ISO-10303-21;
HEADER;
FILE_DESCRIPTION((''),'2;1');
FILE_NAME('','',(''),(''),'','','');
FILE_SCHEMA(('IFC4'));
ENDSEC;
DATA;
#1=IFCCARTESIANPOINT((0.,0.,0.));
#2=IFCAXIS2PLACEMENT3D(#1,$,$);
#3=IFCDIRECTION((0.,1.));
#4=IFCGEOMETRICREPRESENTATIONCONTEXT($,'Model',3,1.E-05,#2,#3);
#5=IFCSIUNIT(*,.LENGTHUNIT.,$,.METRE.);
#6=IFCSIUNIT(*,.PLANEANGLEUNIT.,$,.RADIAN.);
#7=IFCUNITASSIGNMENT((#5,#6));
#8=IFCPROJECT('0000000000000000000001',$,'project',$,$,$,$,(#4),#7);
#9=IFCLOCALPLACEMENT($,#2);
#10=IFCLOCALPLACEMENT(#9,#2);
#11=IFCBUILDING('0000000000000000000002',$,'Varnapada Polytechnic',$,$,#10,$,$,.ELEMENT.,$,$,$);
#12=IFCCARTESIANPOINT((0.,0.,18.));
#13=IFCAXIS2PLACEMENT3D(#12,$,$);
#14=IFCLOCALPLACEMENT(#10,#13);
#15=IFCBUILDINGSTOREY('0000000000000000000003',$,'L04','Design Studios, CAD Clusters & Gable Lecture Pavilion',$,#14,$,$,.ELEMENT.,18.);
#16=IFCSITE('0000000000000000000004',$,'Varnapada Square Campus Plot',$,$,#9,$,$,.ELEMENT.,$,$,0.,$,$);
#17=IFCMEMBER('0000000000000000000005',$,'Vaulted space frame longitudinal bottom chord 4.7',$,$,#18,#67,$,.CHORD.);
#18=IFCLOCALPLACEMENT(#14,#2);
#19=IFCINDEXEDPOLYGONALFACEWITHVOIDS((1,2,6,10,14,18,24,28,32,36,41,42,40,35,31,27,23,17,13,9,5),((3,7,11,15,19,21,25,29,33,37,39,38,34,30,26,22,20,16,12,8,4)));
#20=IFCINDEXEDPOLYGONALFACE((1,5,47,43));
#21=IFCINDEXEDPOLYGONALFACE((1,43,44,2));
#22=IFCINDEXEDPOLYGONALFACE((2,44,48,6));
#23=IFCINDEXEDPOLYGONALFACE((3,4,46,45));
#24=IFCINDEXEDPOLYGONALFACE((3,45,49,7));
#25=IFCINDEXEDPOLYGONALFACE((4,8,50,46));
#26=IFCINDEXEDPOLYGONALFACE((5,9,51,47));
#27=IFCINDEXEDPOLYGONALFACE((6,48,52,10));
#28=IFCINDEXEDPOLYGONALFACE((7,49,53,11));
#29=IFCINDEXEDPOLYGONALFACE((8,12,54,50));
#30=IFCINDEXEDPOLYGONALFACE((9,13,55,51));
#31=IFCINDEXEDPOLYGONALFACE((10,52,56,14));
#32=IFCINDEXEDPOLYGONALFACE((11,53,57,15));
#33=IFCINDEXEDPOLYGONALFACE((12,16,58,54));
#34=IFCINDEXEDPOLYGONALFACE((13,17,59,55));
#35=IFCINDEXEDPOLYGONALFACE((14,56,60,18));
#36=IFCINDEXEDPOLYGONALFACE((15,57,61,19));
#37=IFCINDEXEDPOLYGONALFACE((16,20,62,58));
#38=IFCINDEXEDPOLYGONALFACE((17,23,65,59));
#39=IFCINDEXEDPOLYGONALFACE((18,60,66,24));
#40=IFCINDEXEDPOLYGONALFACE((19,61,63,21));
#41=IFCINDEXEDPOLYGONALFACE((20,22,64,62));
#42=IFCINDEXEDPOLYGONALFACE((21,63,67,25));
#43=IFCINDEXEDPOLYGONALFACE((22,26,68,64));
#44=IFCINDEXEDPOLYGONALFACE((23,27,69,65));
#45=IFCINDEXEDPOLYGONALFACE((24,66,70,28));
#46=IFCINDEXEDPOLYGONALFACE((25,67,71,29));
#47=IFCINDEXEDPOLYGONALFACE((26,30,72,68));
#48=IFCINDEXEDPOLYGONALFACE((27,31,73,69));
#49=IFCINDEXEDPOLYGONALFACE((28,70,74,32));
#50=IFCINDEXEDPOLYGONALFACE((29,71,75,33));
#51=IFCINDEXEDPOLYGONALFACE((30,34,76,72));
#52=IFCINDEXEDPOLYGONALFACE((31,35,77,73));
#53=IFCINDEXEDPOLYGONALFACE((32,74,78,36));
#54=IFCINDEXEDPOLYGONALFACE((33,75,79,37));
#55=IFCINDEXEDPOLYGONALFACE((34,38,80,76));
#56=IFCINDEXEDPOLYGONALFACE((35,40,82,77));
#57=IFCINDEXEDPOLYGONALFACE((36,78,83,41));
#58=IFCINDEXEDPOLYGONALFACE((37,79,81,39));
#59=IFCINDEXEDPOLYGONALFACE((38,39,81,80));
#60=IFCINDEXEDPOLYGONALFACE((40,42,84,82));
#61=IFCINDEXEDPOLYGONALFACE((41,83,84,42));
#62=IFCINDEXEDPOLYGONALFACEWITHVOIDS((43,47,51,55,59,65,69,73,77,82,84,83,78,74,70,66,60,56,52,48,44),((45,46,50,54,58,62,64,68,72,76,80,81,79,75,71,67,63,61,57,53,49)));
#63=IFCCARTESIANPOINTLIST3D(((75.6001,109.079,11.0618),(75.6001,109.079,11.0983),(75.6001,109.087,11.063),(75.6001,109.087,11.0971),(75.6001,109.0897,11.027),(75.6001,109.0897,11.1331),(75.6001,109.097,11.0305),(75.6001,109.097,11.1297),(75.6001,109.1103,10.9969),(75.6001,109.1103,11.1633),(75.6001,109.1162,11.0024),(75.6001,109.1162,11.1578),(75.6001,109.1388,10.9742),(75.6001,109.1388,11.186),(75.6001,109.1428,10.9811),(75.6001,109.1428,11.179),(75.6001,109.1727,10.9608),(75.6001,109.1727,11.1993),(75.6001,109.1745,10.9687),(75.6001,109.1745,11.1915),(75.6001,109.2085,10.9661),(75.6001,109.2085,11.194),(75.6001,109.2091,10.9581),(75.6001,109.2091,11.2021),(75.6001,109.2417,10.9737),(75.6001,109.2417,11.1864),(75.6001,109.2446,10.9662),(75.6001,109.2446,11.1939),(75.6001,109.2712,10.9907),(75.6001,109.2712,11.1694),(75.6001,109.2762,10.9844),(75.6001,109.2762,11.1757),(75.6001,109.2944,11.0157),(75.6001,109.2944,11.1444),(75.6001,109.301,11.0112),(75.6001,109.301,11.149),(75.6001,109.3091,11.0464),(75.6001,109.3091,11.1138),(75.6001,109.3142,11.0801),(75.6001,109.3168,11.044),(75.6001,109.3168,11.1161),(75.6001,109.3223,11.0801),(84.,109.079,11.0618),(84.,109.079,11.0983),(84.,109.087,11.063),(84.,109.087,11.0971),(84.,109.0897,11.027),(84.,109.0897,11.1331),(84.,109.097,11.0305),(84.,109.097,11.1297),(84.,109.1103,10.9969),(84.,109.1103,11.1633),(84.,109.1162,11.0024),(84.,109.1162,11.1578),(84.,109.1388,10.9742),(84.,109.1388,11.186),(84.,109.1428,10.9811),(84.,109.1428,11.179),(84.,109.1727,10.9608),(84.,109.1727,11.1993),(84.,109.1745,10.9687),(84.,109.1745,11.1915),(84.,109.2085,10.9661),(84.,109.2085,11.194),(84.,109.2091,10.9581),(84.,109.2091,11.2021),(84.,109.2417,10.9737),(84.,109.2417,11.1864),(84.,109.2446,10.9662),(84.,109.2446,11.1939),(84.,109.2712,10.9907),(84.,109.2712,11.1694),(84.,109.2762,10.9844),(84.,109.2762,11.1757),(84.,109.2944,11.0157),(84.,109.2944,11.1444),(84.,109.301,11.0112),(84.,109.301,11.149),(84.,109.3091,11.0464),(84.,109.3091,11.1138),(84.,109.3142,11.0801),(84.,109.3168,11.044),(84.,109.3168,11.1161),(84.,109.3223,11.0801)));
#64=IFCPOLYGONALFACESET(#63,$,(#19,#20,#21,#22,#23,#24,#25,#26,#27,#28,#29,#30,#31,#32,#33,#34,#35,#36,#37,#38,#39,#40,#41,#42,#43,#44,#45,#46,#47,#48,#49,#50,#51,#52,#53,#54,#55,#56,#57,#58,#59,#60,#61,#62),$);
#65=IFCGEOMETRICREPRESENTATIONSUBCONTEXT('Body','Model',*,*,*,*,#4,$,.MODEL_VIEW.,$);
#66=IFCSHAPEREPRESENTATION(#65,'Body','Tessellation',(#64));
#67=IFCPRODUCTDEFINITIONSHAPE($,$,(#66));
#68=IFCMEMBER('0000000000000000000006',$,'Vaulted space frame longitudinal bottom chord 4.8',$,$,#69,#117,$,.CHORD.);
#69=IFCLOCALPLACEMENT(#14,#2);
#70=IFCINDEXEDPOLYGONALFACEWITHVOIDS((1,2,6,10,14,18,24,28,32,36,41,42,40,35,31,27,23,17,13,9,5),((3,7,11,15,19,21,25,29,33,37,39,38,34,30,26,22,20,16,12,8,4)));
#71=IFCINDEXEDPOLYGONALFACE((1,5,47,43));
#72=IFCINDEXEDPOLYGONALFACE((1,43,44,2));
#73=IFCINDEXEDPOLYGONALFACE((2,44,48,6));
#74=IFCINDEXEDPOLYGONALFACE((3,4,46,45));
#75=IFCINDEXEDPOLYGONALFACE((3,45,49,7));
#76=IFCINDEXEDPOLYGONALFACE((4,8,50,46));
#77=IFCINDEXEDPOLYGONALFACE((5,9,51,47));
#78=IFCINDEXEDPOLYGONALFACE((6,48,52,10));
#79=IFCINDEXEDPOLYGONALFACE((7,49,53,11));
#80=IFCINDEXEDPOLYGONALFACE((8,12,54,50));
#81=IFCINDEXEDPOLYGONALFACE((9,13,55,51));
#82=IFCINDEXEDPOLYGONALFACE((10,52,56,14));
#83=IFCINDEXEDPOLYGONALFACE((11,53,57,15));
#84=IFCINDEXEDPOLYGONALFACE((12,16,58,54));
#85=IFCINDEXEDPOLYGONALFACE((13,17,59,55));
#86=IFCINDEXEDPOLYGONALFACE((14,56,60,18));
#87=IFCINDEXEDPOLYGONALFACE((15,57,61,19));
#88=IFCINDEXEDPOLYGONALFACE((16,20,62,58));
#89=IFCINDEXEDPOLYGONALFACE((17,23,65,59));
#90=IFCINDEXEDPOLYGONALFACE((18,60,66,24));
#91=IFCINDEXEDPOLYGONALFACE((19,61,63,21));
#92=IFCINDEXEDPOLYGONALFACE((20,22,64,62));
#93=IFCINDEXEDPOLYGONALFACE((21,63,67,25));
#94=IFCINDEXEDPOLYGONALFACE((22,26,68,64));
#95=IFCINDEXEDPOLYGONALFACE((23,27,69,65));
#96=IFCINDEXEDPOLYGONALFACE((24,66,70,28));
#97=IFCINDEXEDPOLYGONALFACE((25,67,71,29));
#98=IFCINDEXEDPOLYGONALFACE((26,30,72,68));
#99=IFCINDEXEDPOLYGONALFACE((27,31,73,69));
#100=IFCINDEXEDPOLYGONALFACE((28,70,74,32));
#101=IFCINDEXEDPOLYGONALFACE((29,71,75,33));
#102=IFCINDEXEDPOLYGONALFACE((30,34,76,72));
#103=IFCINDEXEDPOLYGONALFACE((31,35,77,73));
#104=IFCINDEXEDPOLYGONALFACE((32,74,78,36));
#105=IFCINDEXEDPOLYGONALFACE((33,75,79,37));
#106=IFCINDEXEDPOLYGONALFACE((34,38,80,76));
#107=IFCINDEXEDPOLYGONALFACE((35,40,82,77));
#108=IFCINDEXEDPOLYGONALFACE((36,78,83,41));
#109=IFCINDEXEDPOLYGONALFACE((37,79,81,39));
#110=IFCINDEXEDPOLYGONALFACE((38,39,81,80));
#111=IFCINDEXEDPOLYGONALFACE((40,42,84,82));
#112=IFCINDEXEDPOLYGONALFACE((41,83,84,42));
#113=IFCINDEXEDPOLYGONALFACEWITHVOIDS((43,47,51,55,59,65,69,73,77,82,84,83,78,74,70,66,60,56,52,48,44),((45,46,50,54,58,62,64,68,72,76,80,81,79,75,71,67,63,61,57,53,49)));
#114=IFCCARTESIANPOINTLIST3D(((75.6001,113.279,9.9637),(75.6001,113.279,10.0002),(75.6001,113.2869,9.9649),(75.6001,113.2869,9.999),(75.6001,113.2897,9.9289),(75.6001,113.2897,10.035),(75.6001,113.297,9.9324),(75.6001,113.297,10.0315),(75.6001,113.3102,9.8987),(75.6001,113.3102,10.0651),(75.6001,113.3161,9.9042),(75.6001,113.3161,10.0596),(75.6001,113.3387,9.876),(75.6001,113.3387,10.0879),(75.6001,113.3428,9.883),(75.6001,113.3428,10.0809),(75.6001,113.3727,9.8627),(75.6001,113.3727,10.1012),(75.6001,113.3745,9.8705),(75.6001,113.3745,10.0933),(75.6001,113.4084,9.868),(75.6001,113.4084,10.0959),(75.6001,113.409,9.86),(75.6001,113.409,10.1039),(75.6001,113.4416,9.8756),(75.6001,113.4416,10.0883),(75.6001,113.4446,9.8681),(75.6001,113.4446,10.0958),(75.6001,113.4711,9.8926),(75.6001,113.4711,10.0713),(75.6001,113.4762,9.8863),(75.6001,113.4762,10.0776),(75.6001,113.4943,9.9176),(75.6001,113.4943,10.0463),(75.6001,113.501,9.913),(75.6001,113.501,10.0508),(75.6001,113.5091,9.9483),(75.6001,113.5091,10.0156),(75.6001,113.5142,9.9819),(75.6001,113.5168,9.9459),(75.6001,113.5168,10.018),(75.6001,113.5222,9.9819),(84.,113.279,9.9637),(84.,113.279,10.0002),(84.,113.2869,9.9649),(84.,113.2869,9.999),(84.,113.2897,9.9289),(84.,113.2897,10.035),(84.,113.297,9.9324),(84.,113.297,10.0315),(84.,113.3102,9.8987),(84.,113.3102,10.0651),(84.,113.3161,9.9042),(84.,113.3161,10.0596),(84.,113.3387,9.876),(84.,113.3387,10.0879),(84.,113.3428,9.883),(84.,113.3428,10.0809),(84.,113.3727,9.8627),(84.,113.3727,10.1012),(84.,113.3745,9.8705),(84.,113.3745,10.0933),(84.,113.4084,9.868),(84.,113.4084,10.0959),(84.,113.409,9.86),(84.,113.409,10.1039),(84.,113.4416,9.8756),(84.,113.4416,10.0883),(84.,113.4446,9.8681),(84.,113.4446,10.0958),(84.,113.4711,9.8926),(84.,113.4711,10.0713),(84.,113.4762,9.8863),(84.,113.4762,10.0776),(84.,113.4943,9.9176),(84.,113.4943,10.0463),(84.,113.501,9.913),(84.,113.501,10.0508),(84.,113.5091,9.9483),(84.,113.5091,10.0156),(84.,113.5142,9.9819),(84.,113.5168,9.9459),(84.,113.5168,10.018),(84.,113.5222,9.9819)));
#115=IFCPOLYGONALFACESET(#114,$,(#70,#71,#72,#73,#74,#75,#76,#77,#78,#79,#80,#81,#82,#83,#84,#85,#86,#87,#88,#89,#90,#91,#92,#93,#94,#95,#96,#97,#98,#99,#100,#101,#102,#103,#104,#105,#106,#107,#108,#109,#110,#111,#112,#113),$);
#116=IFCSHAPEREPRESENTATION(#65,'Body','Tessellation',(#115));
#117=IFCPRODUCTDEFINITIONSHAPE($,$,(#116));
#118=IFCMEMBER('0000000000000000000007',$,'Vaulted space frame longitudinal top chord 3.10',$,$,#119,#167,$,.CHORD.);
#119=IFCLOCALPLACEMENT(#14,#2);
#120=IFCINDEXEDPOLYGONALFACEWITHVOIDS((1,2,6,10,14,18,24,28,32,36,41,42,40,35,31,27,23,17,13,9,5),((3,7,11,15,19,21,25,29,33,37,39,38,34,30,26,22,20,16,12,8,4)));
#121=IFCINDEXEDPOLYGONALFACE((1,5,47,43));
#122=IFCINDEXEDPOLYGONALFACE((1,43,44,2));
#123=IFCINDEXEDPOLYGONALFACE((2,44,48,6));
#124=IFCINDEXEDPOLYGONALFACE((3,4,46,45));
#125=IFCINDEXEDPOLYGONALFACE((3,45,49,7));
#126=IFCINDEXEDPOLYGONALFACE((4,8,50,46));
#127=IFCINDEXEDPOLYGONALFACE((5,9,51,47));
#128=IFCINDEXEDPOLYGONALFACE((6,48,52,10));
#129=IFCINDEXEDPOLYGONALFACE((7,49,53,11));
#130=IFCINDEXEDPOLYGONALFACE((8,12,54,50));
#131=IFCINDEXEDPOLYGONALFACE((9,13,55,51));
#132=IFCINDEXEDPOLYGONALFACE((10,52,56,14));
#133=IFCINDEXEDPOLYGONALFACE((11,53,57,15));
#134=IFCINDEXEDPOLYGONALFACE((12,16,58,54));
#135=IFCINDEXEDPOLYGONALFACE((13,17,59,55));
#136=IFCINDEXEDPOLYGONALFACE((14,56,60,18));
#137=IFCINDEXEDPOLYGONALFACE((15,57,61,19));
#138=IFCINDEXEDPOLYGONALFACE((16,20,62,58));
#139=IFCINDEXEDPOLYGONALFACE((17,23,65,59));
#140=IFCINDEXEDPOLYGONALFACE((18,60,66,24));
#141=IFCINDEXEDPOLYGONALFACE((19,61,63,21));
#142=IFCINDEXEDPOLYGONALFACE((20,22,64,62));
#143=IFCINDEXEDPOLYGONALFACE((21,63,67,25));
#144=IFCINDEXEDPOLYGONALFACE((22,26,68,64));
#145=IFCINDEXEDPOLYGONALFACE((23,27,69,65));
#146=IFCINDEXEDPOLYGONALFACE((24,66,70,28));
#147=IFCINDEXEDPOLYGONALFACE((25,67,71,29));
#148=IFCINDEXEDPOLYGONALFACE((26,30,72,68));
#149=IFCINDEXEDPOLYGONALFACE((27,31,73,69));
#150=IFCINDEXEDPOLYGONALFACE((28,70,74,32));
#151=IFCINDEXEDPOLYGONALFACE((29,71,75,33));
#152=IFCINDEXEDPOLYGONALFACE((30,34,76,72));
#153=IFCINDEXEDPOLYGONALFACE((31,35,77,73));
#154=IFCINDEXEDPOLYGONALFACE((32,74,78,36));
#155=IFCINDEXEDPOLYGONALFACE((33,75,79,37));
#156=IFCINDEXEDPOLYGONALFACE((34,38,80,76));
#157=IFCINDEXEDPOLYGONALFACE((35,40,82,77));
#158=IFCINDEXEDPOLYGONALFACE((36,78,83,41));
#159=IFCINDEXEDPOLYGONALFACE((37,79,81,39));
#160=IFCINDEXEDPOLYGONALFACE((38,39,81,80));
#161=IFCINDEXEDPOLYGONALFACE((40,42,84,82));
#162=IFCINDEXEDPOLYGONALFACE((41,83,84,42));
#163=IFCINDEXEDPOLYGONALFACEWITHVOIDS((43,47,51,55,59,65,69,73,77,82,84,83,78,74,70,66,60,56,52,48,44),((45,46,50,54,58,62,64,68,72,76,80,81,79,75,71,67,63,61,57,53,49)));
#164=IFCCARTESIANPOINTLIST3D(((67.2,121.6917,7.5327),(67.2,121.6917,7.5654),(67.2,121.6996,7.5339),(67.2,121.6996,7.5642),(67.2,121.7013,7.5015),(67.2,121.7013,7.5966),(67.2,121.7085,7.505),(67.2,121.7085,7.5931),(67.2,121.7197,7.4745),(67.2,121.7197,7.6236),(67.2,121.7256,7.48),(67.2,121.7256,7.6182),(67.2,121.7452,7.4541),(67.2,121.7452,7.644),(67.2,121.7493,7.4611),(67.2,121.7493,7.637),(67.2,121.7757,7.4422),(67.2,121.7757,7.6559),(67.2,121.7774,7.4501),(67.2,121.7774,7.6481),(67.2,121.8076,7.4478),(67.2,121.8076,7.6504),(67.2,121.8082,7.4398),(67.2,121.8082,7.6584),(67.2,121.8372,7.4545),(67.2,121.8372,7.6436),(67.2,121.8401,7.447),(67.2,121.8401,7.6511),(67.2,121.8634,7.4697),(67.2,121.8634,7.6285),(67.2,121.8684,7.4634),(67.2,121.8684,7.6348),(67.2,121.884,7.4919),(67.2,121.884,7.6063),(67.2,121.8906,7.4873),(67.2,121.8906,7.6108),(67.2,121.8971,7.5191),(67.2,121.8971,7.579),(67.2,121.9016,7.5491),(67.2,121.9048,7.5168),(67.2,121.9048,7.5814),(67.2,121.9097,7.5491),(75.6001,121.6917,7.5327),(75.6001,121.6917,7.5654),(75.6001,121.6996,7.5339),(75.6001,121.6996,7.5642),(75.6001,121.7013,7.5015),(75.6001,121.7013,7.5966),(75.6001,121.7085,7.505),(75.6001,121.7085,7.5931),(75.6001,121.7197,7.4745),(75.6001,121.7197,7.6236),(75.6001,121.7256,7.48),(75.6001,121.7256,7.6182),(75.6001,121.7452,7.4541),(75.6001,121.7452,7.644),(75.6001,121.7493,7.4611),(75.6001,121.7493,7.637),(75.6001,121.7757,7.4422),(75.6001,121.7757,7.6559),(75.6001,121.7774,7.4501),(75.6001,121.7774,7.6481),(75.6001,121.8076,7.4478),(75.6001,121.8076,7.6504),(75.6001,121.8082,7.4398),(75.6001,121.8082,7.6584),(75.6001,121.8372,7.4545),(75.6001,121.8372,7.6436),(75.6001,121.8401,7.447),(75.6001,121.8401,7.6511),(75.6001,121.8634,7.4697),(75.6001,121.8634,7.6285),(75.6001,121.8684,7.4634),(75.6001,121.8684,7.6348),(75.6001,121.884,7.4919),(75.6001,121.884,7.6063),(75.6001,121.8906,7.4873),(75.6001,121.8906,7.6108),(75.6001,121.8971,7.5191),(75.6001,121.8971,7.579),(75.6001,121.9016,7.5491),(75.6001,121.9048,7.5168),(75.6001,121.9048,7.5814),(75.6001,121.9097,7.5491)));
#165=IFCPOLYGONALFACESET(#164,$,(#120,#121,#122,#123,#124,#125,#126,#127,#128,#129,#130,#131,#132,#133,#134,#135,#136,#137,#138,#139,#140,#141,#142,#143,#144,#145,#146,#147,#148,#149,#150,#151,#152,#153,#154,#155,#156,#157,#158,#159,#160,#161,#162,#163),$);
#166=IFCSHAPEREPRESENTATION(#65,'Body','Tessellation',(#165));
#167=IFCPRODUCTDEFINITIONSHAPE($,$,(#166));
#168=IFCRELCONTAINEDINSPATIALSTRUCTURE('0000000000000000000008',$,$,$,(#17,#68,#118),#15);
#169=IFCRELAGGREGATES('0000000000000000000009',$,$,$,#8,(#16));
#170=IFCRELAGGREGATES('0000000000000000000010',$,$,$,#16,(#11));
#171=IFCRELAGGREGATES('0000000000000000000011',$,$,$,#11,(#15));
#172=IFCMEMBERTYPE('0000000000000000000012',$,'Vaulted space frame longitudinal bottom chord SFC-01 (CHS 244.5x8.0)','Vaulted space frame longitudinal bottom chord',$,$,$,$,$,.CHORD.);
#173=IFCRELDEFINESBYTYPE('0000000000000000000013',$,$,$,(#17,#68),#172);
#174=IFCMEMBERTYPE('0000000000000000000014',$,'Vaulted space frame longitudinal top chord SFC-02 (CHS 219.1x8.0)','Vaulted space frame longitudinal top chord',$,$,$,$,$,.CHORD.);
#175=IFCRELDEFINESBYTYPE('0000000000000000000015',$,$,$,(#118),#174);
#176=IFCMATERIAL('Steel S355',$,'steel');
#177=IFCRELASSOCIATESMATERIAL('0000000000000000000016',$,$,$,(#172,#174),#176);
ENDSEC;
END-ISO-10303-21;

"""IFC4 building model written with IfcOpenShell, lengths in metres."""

from ifc_helpers import new_model, si_unit, direction, frame, origin, origin_2d, place, context, subcontext, project, spatial, hollow_circle, extrude, material, material_profile, profile_set, type_object, element, save


model = new_model("IFC4")

# Units and contexts
model_context = context("Model", 3, precision=1e-05, world=origin(), true_north=direction((0.0, 1.0)))
body_context = subcontext(model_context, "Body", "Model", "MODEL_VIEW")
ifc_project = project(units=[si_unit("LENGTHUNIT", "METRE"), si_unit("PLANEANGLEUNIT", "RADIAN")], contexts=[model_context])

# Site, building, storey
site_placement = place(None, origin())
site = spatial("IfcSite", under=ifc_project, at=site_placement, Name="Varnapada Square Campus Plot", CompositionType="ELEMENT", RefElevation=0.0)
building_placement = place(site_placement, origin())
building = spatial("IfcBuilding", under=site, at=building_placement, Name="Varnapada Polytechnic", CompositionType="ELEMENT")
storey_placement = place(building_placement, frame((0.0, 0.0, 18.0)))
storey = spatial("IfcBuildingStorey", under=building, at=storey_placement, Name="L04", Description="Design Studios, CAD Clusters & Gable Lecture Pavilion", CompositionType="ELEMENT", Elevation=18.0)

# Shared definitions
ifc_material = material(Name="Steel S355", Category="steel")

# Members
ifc_material_profile_1 = material_profile(ifc_material, hollow_circle(Radius=0.1223, WallThickness=0.0081, at=origin_2d()), Name="CHS 244.5x8.0")
ifc_profile_set_1 = profile_set([ifc_material_profile_1], Name="Steel S355")
member_type_1 = type_object("IfcMemberType", Name="Vaulted space frame longitudinal bottom chord SFC-01 (CHS 244.5x8.0)", Description="Vaulted space frame longitudinal bottom chord", PredefinedType="CHORD", material=ifc_profile_set_1)
for number, where, z_axis, x_axis, name in (
    (1, (75.6001, 109.2, 11.0801), (1.0, 0.0, 0.0), (0.0, 1.0, 0.0), "Vaulted space frame longitudinal bottom chord 4.7"),
    (2, (75.6001, 113.3999, 9.9819), (1.0, 0.0, 0.0), (0.0, 1.0, 0.0), "Vaulted space frame longitudinal bottom chord 4.8"),
):
    element("IfcMember", number, at=place(storey_placement, frame(where, z_axis=z_axis, x_axis=x_axis)), inside=storey, type_object=member_type_1, Name=name, PredefinedType="CHORD", context=body_context, shape_type="SweptSolid", body=[
        extrude(hollow_circle(Radius=0.1223, WallThickness=0.0081, at=origin_2d()), origin(), (0.0, 0.0, 1.0), 8.3999),
    ])
ifc_material_profile_2 = material_profile(ifc_material, hollow_circle(Radius=0.1096, WallThickness=0.0081, at=origin_2d()), Name="CHS 219.1x8.0")
ifc_profile_set_2 = profile_set([ifc_material_profile_2], Name="Steel S355")
member_type_2 = type_object("IfcMemberType", Name="Vaulted space frame longitudinal top chord SFC-02 (CHS 219.1x8.0)", Description="Vaulted space frame longitudinal top chord", PredefinedType="CHORD", material=ifc_profile_set_2)
for number, where, z_axis, x_axis, name in (
    (3, (67.2, 121.8, 7.5491), (1.0, 0.0, 0.0), (0.0, 1.0, 0.0), "Vaulted space frame longitudinal top chord 3.10"),
):
    element("IfcMember", number, at=place(storey_placement, frame(where, z_axis=z_axis, x_axis=x_axis)), inside=storey, type_object=member_type_2, Name=name, PredefinedType="CHORD", context=body_context, shape_type="SweptSolid", body=[
        extrude(hollow_circle(Radius=0.1096, WallThickness=0.0081, at=origin_2d()), origin(), (0.0, 0.0, 1.0), 8.4001),
    ])

save(model, "model.ifc")
